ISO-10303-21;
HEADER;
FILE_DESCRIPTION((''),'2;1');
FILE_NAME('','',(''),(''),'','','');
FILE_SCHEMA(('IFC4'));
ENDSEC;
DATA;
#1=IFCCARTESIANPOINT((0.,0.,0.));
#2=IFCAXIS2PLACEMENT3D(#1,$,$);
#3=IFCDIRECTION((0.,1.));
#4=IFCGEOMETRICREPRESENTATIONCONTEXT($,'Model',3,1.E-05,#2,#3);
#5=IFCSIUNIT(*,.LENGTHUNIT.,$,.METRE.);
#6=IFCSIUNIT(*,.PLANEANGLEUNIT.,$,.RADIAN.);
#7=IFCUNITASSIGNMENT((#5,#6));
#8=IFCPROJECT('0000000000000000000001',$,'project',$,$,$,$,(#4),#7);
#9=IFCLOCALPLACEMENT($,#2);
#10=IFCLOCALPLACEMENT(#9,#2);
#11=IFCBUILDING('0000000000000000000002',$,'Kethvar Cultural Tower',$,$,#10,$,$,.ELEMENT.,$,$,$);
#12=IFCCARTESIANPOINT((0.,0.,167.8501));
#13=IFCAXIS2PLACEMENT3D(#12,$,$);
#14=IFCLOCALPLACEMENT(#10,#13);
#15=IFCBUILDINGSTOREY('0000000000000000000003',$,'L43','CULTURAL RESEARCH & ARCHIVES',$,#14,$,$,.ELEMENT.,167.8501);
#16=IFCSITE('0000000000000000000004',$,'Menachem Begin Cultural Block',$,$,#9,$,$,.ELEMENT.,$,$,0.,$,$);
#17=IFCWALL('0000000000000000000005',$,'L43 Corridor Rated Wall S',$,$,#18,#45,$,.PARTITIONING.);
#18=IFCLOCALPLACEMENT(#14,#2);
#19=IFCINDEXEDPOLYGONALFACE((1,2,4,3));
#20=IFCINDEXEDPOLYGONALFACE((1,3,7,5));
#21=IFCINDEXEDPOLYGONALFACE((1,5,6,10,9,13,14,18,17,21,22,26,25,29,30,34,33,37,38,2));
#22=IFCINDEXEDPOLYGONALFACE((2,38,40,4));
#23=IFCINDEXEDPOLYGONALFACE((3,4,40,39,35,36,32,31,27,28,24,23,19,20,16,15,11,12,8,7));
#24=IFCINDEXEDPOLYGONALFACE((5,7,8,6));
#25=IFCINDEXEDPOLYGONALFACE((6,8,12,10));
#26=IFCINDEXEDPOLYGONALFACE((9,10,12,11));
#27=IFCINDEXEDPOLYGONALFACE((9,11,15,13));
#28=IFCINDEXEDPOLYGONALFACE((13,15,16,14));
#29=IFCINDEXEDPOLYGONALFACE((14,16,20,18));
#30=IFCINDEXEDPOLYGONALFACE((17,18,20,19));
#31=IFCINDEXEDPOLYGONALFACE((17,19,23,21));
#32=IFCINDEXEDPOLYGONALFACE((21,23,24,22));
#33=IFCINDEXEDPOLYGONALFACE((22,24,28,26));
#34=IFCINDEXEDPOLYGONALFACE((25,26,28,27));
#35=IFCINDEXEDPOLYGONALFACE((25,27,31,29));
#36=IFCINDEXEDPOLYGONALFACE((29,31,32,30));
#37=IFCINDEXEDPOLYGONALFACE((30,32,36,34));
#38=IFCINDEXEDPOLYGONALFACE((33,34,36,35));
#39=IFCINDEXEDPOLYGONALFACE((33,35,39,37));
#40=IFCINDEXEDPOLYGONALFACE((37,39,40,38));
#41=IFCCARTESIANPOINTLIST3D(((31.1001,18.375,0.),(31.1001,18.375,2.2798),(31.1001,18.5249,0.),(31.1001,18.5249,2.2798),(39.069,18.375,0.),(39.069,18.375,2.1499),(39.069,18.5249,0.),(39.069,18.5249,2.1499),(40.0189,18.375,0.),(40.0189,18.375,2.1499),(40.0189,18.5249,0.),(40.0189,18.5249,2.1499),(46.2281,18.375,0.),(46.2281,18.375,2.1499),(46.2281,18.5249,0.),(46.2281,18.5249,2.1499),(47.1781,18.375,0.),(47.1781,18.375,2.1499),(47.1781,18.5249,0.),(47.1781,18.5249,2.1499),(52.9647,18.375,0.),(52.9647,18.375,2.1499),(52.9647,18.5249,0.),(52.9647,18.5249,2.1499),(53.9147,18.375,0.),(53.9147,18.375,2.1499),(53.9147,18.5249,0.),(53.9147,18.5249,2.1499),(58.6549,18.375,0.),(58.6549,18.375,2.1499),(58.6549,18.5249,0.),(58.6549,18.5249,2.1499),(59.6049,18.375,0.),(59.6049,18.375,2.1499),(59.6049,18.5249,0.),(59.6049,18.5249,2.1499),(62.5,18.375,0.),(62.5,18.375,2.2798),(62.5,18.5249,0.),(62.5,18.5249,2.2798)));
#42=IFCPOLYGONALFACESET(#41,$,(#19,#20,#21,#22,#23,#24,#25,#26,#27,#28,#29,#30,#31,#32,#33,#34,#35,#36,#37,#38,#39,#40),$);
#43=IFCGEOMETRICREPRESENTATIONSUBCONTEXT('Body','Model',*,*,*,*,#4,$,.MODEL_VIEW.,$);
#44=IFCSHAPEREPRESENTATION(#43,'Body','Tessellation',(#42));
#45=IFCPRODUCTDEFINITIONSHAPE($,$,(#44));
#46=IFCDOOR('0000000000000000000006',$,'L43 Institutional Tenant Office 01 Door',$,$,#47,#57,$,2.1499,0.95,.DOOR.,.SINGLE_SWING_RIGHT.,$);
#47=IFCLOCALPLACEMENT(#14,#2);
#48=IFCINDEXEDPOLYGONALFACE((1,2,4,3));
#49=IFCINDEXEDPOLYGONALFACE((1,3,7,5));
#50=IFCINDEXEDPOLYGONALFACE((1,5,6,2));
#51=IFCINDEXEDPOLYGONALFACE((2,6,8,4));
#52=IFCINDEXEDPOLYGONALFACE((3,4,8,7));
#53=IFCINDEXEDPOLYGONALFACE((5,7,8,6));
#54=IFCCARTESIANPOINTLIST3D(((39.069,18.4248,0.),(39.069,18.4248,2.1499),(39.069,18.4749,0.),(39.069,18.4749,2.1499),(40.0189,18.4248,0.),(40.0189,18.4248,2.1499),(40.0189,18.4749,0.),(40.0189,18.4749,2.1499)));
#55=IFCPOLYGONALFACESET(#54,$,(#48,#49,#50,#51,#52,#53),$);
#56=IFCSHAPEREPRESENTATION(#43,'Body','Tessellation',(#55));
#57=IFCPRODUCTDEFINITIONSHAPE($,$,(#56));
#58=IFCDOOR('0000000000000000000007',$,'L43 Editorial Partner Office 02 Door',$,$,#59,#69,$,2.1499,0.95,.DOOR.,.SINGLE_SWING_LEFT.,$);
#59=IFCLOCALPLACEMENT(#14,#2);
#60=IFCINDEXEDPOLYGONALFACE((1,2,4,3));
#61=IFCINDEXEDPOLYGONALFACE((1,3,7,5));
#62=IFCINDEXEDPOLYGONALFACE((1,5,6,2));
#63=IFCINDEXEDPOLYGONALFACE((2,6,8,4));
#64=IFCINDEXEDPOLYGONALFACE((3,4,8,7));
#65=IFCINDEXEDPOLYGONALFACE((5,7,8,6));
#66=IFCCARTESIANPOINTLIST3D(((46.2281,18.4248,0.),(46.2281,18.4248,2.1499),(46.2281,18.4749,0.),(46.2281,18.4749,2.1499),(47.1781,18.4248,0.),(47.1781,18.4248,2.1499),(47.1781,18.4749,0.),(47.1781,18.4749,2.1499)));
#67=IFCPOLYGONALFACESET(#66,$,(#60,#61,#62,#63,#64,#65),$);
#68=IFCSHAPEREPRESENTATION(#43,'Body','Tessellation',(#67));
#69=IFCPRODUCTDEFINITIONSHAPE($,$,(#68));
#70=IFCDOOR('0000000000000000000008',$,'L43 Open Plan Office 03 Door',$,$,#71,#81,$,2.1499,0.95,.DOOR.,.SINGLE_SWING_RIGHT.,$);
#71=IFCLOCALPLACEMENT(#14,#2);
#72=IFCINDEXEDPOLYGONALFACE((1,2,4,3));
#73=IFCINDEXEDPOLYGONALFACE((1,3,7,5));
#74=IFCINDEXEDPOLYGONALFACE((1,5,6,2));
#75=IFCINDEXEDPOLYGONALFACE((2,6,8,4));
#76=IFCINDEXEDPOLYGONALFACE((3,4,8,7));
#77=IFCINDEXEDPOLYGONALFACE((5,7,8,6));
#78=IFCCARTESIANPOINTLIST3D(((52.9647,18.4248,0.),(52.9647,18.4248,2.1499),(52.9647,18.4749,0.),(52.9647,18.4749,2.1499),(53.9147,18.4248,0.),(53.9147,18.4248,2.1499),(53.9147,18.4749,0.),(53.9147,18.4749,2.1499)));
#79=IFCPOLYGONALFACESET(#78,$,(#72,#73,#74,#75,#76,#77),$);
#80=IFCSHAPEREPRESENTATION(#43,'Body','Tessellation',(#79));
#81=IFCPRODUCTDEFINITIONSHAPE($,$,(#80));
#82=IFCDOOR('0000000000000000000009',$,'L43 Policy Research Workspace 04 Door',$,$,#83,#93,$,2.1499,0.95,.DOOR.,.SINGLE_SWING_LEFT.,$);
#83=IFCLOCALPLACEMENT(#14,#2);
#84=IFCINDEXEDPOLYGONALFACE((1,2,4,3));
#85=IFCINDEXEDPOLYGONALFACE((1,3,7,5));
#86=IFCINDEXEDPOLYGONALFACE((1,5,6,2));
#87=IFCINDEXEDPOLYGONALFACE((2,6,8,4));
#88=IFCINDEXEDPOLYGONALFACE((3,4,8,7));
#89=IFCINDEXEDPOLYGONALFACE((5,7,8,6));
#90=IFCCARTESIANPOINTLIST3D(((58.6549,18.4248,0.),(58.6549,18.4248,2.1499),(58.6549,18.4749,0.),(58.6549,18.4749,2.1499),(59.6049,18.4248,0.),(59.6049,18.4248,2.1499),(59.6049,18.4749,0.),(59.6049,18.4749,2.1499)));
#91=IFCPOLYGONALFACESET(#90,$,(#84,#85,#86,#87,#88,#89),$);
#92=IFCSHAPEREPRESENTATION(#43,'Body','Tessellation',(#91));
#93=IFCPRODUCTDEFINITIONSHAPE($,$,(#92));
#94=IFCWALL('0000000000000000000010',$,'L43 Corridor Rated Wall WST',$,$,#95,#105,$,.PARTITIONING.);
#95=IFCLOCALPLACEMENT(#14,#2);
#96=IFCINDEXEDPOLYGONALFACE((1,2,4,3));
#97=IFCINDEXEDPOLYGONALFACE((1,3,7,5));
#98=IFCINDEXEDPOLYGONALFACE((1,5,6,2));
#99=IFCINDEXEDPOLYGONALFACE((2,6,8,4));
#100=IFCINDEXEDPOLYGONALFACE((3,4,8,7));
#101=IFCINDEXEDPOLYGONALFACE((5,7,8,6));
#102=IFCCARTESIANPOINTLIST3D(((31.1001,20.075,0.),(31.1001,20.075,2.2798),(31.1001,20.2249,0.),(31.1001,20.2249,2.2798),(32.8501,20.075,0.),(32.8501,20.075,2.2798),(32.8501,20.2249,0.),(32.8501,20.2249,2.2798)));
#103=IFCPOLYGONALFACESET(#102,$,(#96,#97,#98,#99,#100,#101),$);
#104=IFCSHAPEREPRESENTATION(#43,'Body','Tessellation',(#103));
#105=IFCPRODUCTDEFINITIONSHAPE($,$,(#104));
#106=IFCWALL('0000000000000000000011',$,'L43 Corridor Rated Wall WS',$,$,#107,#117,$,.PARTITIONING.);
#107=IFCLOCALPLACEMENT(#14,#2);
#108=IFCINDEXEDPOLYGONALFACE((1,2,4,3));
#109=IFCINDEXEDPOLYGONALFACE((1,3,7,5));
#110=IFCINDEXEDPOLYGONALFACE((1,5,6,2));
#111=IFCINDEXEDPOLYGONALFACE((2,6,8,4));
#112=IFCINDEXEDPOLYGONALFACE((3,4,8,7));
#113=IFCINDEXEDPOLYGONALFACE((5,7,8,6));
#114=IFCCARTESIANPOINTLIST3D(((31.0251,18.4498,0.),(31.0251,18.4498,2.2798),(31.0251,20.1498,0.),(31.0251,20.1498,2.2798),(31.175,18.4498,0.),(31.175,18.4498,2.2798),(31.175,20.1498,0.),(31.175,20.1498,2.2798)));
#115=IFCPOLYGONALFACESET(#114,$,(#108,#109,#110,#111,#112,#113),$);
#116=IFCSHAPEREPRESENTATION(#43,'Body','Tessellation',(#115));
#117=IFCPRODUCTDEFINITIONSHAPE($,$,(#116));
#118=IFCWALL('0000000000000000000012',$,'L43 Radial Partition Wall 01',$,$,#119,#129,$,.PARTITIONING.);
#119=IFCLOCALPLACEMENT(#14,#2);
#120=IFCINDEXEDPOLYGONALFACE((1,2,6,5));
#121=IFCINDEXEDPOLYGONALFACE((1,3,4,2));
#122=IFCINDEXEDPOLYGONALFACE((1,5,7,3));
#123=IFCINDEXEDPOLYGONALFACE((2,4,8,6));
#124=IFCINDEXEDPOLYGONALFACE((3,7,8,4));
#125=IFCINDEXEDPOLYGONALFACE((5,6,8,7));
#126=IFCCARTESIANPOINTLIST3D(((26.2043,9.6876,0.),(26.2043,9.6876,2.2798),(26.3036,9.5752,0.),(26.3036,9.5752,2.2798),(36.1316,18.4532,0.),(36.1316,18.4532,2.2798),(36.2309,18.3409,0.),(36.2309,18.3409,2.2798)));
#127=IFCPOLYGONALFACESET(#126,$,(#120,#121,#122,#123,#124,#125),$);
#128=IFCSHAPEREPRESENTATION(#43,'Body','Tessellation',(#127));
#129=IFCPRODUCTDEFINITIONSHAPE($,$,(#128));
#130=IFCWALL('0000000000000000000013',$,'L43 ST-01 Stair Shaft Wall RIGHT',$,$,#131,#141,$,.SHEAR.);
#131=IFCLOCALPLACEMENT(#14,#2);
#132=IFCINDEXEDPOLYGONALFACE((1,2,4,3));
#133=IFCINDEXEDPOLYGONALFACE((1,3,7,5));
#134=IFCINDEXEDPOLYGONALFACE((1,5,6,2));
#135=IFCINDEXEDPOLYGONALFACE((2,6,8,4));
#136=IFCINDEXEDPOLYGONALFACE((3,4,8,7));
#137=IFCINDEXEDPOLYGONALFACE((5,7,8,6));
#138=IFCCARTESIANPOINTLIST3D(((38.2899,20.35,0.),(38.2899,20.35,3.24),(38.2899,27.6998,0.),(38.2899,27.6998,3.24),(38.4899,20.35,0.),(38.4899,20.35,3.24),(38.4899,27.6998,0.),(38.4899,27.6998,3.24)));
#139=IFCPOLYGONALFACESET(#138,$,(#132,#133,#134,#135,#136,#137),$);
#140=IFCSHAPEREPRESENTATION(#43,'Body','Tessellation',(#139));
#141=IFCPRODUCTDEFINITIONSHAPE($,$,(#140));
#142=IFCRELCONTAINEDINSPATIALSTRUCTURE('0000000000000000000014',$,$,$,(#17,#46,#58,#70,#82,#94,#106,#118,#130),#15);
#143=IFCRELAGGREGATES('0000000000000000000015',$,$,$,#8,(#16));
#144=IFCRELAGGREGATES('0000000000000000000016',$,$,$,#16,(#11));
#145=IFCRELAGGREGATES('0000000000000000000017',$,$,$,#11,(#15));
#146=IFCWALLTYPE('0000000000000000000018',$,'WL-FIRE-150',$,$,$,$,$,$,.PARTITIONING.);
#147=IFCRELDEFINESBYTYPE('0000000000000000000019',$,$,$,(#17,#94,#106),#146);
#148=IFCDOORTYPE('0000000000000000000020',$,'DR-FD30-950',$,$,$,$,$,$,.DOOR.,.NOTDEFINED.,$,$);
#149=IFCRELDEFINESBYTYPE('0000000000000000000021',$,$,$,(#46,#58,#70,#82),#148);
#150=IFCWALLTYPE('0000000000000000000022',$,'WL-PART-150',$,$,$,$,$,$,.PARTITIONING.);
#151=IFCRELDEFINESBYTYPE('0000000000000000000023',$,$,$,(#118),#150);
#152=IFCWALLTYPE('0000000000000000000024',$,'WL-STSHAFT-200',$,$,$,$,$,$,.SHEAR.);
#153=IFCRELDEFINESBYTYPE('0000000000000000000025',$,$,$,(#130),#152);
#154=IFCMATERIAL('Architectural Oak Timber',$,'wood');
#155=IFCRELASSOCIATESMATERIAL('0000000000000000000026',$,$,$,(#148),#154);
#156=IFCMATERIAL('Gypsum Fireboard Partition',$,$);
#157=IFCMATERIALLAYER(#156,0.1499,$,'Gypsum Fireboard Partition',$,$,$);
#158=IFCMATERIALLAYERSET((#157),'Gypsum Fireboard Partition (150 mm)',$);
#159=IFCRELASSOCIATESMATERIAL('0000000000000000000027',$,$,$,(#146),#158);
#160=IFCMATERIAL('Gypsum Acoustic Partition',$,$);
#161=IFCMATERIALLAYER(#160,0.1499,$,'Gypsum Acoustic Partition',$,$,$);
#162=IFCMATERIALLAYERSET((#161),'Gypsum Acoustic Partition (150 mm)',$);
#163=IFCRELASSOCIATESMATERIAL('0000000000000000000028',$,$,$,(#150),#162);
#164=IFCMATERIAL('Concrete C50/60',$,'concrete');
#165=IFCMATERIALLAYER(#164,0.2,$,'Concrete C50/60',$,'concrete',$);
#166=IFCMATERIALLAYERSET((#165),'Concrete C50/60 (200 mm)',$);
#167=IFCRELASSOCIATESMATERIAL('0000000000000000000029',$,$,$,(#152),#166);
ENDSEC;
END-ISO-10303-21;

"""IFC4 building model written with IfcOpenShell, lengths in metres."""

from ifc_helpers import new_model, si_unit, direction, frame, frame_2d, origin, place, context, subcontext, project, spatial, rectangle, extrude, source, transform, mapped, material, layer, layer_set, type_object, element, fill, save


model = new_model("IFC4")

# Units and contexts
model_context = context("Model", 3, precision=1e-05, world=origin(), true_north=direction((0.0, 1.0)))
body_context = subcontext(model_context, "Body", "Model", "MODEL_VIEW")
ifc_project = project(units=[si_unit("LENGTHUNIT", "METRE"), si_unit("PLANEANGLEUNIT", "RADIAN")], contexts=[model_context])

# Site, building, storey
site_placement = place(None, origin())
site = spatial("IfcSite", under=ifc_project, at=site_placement, Name="Menachem Begin Cultural Block", CompositionType="ELEMENT", RefElevation=0.0)
building_placement = place(site_placement, origin())
building = spatial("IfcBuilding", under=site, at=building_placement, Name="Kethvar Cultural Tower", CompositionType="ELEMENT")
storey_placement = place(building_placement, frame((0.0, 0.0, 167.8501)))
storey = spatial("IfcBuildingStorey", under=building, at=storey_placement, Name="L43", Description="CULTURAL RESEARCH & ARCHIVES", CompositionType="ELEMENT", Elevation=167.8501)

# Wall, openings, doors
ifc_material_1 = material(Name="Architectural Oak Timber", Category="wood")
door_type_1 = type_object("IfcDoorType", Name="DR-FD30-950", OperationType="NOTDEFINED", PredefinedType="DOOR", material=ifc_material_1)
shared_shape_1 = source(origin(), body_context, "Body", "SweptSolid", [
    extrude(rectangle(XDim=0.95, YDim=2.1499, at=frame_2d((0.4751, 1.075))), frame((0.0, 0.0249, 0.0), z_axis=(0.0, -1.0, 0.0), x_axis=(1.0, 0.0, 0.0)), (0.0, 0.0, 1.0), 0.05),
])
ifc_material_2 = material(Name="Gypsum Fireboard Partition")
ifc_layer_1 = layer(ifc_material_2, 0.1499, Name="Gypsum Fireboard Partition")
ifc_layer_set_1 = layer_set([ifc_layer_1], Name="Gypsum Fireboard Partition (150 mm)")
wall_type_1 = type_object("IfcWallType", Name="WL-FIRE-150", PredefinedType="PARTITIONING", material=ifc_layer_set_1)
wall_1_placement = place(storey_placement, frame((31.1001, 18.45, 0.0), z_axis=(0.0, 0.0, 1.0), x_axis=(1.0, 0.0, 0.0)))
wall_1 = element("IfcWall", 1, at=wall_1_placement, inside=storey, type_object=wall_type_1, Name="L43 Corridor Rated Wall S", PredefinedType="PARTITIONING", context=body_context, shape_type="SweptSolid", body=[
    extrude(rectangle(XDim=31.3999, YDim=0.1499, at=frame_2d((15.7, 0.0))), origin(), (0.0, 0.0, 1.0), 2.2798),
])
opening_1_placement = place(wall_1_placement, frame((7.9688, 0.0, 0.0)))
opening_1 = element("IfcOpeningElement", 2, at=opening_1_placement, cuts=wall_1, PredefinedType="OPENING", context=body_context, shape_type="SweptSolid", body=[
    extrude(rectangle(XDim=0.95, YDim=2.1499, at=frame_2d((0.4751, 1.075))), frame((0.0, 0.085, 0.0), z_axis=(0.0, -1.0, 0.0), x_axis=(1.0, 0.0, 0.0)), (0.0, 0.0, 1.0), 0.1699),
])
opening_2_placement = place(wall_1_placement, frame((15.1279, 0.0, 0.0)))
opening_2 = element("IfcOpeningElement", 3, at=opening_2_placement, cuts=wall_1, PredefinedType="OPENING", context=body_context, shape_type="SweptSolid", body=[
    extrude(rectangle(XDim=0.95, YDim=2.1499, at=frame_2d((0.4751, 1.075))), frame((0.0, 0.085, 0.0), z_axis=(0.0, -1.0, 0.0), x_axis=(1.0, 0.0, 0.0)), (0.0, 0.0, 1.0), 0.1699),
])
opening_3_placement = place(wall_1_placement, frame((21.8645, 0.0, 0.0)))
opening_3 = element("IfcOpeningElement", 4, at=opening_3_placement, cuts=wall_1, PredefinedType="OPENING", context=body_context, shape_type="SweptSolid", body=[
    extrude(rectangle(XDim=0.95, YDim=2.1499, at=frame_2d((0.4751, 1.075))), frame((0.0, 0.085, 0.0), z_axis=(0.0, -1.0, 0.0), x_axis=(1.0, 0.0, 0.0)), (0.0, 0.0, 1.0), 0.1699),
])
opening_4_placement = place(wall_1_placement, frame((27.5547, 0.0, 0.0)))
opening_4 = element("IfcOpeningElement", 5, at=opening_4_placement, cuts=wall_1, PredefinedType="OPENING", context=body_context, shape_type="SweptSolid", body=[
    extrude(rectangle(XDim=0.95, YDim=2.1499, at=frame_2d((0.4751, 1.075))), frame((0.0, 0.085, 0.0), z_axis=(0.0, -1.0, 0.0), x_axis=(1.0, 0.0, 0.0)), (0.0, 0.0, 1.0), 0.1699),
])
door_1_placement = place(opening_1_placement, origin())
door_1 = element("IfcDoor", 6, at=door_1_placement, inside=storey, type_object=door_type_1, Name="L43 Institutional Tenant Office 01 Door", OperationType="SINGLE_SWING_RIGHT", OverallHeight=2.1499, OverallWidth=0.95, PredefinedType="DOOR", context=body_context, shape_type="MappedRepresentation", body=[
    mapped(shared_shape_1, transform((0.0, 0.0, 0.0), scale=1.0)),
])
fill(opening_1, door_1)
door_2_placement = place(opening_2_placement, origin())
door_2 = element("IfcDoor", 7, at=door_2_placement, inside=storey, type_object=door_type_1, Name="L43 Editorial Partner Office 02 Door", OperationType="SINGLE_SWING_LEFT", OverallHeight=2.1499, OverallWidth=0.95, PredefinedType="DOOR", context=body_context, shape_type="MappedRepresentation", body=[
    mapped(shared_shape_1, transform((0.0, 0.0, 0.0), scale=1.0)),
])
fill(opening_2, door_2)
door_3_placement = place(opening_3_placement, origin())
door_3 = element("IfcDoor", 8, at=door_3_placement, inside=storey, type_object=door_type_1, Name="L43 Open Plan Office 03 Door", OperationType="SINGLE_SWING_RIGHT", OverallHeight=2.1499, OverallWidth=0.95, PredefinedType="DOOR", context=body_context, shape_type="MappedRepresentation", body=[
    mapped(shared_shape_1, transform((0.0, 0.0, 0.0), scale=1.0)),
])
fill(opening_3, door_3)
door_4_placement = place(opening_4_placement, origin())
door_4 = element("IfcDoor", 9, at=door_4_placement, inside=storey, type_object=door_type_1, Name="L43 Policy Research Workspace 04 Door", OperationType="SINGLE_SWING_LEFT", OverallHeight=2.1499, OverallWidth=0.95, PredefinedType="DOOR", context=body_context, shape_type="MappedRepresentation", body=[
    mapped(shared_shape_1, transform((0.0, 0.0, 0.0), scale=1.0)),
])
fill(opening_4, door_4)

# Walls
wall_2_placement = place(storey_placement, frame((32.8501, 20.1499, 0.0), z_axis=(0.0, 0.0, 1.0), x_axis=(-1.0, 0.0, 0.0)))
element("IfcWall", 10, at=wall_2_placement, inside=storey, type_object=wall_type_1, Name="L43 Corridor Rated Wall WST", PredefinedType="PARTITIONING", context=body_context, shape_type="SweptSolid", body=[
    extrude(rectangle(XDim=1.75, YDim=0.1499, at=frame_2d((0.875, 0.0))), origin(), (0.0, 0.0, 1.0), 2.2798),
])
wall_3_placement = place(storey_placement, frame((31.1001, 20.1499, 0.0), z_axis=(0.0, 0.0, 1.0), x_axis=(0.0, -1.0, 0.0)))
element("IfcWall", 11, at=wall_3_placement, inside=storey, type_object=wall_type_1, Name="L43 Corridor Rated Wall WS", PredefinedType="PARTITIONING", context=body_context, shape_type="SweptSolid", body=[
    extrude(rectangle(XDim=1.7, YDim=0.1499, at=frame_2d((0.8501, 0.0))), origin(), (0.0, 0.0, 1.0), 2.2798),
])
ifc_material_3 = material(Name="Gypsum Acoustic Partition")
ifc_layer_2 = layer(ifc_material_3, 0.1499, Name="Gypsum Acoustic Partition")
ifc_layer_set_2 = layer_set([ifc_layer_2], Name="Gypsum Acoustic Partition (150 mm)")
wall_type_2 = type_object("IfcWallType", Name="WL-PART-150", PredefinedType="PARTITIONING", material=ifc_layer_set_2)
wall_4_placement = place(storey_placement, frame((36.1812, 18.397, 0.0), z_axis=(0.0, 0.0, 1.0), x_axis=(-0.749602, -0.661889, 0.0)))
element("IfcWall", 12, at=wall_4_placement, inside=storey, type_object=wall_type_2, Name="L43 Radial Partition Wall 01", PredefinedType="PARTITIONING", context=body_context, shape_type="SweptSolid", body=[
    extrude(rectangle(XDim=13.2434, YDim=0.1499, at=frame_2d((6.6216, 0.0))), origin(), (0.0, 0.0, 1.0), 2.2798),
])
ifc_material_4 = material(Name="Concrete C50/60", Category="concrete")
ifc_layer_3 = layer(ifc_material_4, 0.2, Name="Concrete C50/60", Category="concrete")
ifc_layer_set_3 = layer_set([ifc_layer_3], Name="Concrete C50/60 (200 mm)")
wall_type_3 = type_object("IfcWallType", Name="WL-STSHAFT-200", PredefinedType="SHEAR", material=ifc_layer_set_3)
wall_5_placement = place(storey_placement, frame((38.3899, 20.3501, 0.0), z_axis=(0.0, 0.0, 1.0), x_axis=(0.0, 1.0, 0.0)))
element("IfcWall", 13, at=wall_5_placement, inside=storey, type_object=wall_type_3, Name="L43 ST-01 Stair Shaft Wall RIGHT", PredefinedType="SHEAR", context=body_context, shape_type="SweptSolid", body=[
    extrude(rectangle(XDim=7.3499, YDim=0.2, at=frame_2d((3.6748, 0.0))), origin(), (0.0, 0.0, 1.0), 3.24),
])

save(model, "model.ifc")
